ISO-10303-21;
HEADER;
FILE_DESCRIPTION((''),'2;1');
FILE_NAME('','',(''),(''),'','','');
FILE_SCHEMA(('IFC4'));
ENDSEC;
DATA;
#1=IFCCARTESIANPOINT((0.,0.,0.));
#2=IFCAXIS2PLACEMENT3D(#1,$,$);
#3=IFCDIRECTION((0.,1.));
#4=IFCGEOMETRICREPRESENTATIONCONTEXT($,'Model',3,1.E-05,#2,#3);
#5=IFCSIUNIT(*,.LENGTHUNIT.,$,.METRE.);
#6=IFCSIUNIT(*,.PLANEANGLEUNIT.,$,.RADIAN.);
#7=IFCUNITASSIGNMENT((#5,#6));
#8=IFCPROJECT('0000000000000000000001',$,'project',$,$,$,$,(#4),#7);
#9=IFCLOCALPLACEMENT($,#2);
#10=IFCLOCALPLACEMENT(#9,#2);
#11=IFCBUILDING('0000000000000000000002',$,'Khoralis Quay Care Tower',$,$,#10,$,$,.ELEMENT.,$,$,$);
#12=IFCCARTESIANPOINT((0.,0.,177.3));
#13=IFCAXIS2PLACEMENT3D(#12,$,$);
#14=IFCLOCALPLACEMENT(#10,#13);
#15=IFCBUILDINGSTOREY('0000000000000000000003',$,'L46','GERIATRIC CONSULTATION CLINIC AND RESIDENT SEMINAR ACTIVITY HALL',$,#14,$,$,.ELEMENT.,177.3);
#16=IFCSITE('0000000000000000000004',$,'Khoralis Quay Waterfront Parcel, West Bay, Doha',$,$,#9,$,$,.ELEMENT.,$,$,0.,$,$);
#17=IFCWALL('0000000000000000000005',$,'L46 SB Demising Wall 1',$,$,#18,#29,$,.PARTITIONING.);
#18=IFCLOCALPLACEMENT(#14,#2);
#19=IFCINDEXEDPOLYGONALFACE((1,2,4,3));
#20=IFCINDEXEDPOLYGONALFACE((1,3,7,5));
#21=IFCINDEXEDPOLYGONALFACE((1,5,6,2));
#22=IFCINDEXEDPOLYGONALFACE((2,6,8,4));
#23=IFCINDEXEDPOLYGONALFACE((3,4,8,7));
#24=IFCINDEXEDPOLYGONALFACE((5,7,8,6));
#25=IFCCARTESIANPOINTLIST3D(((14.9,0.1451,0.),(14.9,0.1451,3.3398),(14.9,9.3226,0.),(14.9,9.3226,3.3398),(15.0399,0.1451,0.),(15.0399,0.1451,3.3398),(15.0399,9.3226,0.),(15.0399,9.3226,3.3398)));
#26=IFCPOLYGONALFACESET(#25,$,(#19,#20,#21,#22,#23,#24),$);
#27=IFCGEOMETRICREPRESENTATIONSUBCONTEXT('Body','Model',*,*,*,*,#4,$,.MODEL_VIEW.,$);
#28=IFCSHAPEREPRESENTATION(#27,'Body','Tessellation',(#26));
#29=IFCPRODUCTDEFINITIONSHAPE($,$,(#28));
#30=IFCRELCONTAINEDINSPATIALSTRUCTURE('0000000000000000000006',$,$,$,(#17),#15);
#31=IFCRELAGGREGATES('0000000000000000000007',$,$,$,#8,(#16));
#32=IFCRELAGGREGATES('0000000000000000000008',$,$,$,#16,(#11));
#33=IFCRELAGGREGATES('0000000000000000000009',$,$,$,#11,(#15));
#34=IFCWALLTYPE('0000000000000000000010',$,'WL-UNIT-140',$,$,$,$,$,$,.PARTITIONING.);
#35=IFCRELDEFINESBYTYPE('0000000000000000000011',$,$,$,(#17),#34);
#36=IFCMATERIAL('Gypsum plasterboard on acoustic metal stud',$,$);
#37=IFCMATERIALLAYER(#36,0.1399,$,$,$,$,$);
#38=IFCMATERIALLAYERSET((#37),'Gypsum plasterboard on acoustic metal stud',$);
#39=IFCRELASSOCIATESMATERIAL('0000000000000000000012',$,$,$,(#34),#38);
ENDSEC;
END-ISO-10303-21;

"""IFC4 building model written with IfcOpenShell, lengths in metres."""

from ifc_helpers import new_model, si_unit, direction, frame, frame_2d, origin, place, context, subcontext, project, spatial, rectangle, extrude, material, layer, layer_set, type_object, element, save


model = new_model("IFC4")

# Units and contexts
model_context = context("Model", 3, precision=1e-05, world=origin(), true_north=direction((0.0, 1.0)))
body_context = subcontext(model_context, "Body", "Model", "MODEL_VIEW")
ifc_project = project(units=[si_unit("LENGTHUNIT", "METRE"), si_unit("PLANEANGLEUNIT", "RADIAN")], contexts=[model_context])

# Site, building, storey
site_placement = place(None, origin())
site = spatial("IfcSite", under=ifc_project, at=site_placement, Name="Khoralis Quay Waterfront Parcel, West Bay, Doha", CompositionType="ELEMENT", RefElevation=0.0)
building_placement = place(site_placement, origin())
building = spatial("IfcBuilding", under=site, at=building_placement, Name="Khoralis Quay Care Tower", CompositionType="ELEMENT")
storey_placement = place(building_placement, frame((0.0, 0.0, 177.3)))
storey = spatial("IfcBuildingStorey", under=building, at=storey_placement, Name="L46", Description="GERIATRIC CONSULTATION CLINIC AND RESIDENT SEMINAR ACTIVITY HALL", CompositionType="ELEMENT", Elevation=177.3)

# Shared definitions
ifc_material_1 = material(Name="Gypsum plasterboard on acoustic metal stud")

# Wall
ifc_layer_1 = layer(ifc_material_1, 0.1399)
ifc_layer_set_1 = layer_set([ifc_layer_1], Name="Gypsum plasterboard on acoustic metal stud")
wall_type_1 = type_object("IfcWallType", Name="WL-UNIT-140", PredefinedType="PARTITIONING", material=ifc_layer_set_1)
wall_1_placement = place(storey_placement, frame((14.97, 0.145, 0.0), z_axis=(0.0, 0.0, 1.0), x_axis=(0.0, 1.0, 0.0)))
element("IfcWall", 1, at=wall_1_placement, inside=storey, type_object=wall_type_1, Name="L46 SB Demising Wall 1", PredefinedType="PARTITIONING", context=body_context, shape_type="SweptSolid", body=[
    extrude(rectangle(XDim=9.1775, YDim=0.1399, at=frame_2d((4.5889, 0.0))), origin(), (0.0, 0.0, 1.0), 3.3398),
])

save(model, "model.ifc")
